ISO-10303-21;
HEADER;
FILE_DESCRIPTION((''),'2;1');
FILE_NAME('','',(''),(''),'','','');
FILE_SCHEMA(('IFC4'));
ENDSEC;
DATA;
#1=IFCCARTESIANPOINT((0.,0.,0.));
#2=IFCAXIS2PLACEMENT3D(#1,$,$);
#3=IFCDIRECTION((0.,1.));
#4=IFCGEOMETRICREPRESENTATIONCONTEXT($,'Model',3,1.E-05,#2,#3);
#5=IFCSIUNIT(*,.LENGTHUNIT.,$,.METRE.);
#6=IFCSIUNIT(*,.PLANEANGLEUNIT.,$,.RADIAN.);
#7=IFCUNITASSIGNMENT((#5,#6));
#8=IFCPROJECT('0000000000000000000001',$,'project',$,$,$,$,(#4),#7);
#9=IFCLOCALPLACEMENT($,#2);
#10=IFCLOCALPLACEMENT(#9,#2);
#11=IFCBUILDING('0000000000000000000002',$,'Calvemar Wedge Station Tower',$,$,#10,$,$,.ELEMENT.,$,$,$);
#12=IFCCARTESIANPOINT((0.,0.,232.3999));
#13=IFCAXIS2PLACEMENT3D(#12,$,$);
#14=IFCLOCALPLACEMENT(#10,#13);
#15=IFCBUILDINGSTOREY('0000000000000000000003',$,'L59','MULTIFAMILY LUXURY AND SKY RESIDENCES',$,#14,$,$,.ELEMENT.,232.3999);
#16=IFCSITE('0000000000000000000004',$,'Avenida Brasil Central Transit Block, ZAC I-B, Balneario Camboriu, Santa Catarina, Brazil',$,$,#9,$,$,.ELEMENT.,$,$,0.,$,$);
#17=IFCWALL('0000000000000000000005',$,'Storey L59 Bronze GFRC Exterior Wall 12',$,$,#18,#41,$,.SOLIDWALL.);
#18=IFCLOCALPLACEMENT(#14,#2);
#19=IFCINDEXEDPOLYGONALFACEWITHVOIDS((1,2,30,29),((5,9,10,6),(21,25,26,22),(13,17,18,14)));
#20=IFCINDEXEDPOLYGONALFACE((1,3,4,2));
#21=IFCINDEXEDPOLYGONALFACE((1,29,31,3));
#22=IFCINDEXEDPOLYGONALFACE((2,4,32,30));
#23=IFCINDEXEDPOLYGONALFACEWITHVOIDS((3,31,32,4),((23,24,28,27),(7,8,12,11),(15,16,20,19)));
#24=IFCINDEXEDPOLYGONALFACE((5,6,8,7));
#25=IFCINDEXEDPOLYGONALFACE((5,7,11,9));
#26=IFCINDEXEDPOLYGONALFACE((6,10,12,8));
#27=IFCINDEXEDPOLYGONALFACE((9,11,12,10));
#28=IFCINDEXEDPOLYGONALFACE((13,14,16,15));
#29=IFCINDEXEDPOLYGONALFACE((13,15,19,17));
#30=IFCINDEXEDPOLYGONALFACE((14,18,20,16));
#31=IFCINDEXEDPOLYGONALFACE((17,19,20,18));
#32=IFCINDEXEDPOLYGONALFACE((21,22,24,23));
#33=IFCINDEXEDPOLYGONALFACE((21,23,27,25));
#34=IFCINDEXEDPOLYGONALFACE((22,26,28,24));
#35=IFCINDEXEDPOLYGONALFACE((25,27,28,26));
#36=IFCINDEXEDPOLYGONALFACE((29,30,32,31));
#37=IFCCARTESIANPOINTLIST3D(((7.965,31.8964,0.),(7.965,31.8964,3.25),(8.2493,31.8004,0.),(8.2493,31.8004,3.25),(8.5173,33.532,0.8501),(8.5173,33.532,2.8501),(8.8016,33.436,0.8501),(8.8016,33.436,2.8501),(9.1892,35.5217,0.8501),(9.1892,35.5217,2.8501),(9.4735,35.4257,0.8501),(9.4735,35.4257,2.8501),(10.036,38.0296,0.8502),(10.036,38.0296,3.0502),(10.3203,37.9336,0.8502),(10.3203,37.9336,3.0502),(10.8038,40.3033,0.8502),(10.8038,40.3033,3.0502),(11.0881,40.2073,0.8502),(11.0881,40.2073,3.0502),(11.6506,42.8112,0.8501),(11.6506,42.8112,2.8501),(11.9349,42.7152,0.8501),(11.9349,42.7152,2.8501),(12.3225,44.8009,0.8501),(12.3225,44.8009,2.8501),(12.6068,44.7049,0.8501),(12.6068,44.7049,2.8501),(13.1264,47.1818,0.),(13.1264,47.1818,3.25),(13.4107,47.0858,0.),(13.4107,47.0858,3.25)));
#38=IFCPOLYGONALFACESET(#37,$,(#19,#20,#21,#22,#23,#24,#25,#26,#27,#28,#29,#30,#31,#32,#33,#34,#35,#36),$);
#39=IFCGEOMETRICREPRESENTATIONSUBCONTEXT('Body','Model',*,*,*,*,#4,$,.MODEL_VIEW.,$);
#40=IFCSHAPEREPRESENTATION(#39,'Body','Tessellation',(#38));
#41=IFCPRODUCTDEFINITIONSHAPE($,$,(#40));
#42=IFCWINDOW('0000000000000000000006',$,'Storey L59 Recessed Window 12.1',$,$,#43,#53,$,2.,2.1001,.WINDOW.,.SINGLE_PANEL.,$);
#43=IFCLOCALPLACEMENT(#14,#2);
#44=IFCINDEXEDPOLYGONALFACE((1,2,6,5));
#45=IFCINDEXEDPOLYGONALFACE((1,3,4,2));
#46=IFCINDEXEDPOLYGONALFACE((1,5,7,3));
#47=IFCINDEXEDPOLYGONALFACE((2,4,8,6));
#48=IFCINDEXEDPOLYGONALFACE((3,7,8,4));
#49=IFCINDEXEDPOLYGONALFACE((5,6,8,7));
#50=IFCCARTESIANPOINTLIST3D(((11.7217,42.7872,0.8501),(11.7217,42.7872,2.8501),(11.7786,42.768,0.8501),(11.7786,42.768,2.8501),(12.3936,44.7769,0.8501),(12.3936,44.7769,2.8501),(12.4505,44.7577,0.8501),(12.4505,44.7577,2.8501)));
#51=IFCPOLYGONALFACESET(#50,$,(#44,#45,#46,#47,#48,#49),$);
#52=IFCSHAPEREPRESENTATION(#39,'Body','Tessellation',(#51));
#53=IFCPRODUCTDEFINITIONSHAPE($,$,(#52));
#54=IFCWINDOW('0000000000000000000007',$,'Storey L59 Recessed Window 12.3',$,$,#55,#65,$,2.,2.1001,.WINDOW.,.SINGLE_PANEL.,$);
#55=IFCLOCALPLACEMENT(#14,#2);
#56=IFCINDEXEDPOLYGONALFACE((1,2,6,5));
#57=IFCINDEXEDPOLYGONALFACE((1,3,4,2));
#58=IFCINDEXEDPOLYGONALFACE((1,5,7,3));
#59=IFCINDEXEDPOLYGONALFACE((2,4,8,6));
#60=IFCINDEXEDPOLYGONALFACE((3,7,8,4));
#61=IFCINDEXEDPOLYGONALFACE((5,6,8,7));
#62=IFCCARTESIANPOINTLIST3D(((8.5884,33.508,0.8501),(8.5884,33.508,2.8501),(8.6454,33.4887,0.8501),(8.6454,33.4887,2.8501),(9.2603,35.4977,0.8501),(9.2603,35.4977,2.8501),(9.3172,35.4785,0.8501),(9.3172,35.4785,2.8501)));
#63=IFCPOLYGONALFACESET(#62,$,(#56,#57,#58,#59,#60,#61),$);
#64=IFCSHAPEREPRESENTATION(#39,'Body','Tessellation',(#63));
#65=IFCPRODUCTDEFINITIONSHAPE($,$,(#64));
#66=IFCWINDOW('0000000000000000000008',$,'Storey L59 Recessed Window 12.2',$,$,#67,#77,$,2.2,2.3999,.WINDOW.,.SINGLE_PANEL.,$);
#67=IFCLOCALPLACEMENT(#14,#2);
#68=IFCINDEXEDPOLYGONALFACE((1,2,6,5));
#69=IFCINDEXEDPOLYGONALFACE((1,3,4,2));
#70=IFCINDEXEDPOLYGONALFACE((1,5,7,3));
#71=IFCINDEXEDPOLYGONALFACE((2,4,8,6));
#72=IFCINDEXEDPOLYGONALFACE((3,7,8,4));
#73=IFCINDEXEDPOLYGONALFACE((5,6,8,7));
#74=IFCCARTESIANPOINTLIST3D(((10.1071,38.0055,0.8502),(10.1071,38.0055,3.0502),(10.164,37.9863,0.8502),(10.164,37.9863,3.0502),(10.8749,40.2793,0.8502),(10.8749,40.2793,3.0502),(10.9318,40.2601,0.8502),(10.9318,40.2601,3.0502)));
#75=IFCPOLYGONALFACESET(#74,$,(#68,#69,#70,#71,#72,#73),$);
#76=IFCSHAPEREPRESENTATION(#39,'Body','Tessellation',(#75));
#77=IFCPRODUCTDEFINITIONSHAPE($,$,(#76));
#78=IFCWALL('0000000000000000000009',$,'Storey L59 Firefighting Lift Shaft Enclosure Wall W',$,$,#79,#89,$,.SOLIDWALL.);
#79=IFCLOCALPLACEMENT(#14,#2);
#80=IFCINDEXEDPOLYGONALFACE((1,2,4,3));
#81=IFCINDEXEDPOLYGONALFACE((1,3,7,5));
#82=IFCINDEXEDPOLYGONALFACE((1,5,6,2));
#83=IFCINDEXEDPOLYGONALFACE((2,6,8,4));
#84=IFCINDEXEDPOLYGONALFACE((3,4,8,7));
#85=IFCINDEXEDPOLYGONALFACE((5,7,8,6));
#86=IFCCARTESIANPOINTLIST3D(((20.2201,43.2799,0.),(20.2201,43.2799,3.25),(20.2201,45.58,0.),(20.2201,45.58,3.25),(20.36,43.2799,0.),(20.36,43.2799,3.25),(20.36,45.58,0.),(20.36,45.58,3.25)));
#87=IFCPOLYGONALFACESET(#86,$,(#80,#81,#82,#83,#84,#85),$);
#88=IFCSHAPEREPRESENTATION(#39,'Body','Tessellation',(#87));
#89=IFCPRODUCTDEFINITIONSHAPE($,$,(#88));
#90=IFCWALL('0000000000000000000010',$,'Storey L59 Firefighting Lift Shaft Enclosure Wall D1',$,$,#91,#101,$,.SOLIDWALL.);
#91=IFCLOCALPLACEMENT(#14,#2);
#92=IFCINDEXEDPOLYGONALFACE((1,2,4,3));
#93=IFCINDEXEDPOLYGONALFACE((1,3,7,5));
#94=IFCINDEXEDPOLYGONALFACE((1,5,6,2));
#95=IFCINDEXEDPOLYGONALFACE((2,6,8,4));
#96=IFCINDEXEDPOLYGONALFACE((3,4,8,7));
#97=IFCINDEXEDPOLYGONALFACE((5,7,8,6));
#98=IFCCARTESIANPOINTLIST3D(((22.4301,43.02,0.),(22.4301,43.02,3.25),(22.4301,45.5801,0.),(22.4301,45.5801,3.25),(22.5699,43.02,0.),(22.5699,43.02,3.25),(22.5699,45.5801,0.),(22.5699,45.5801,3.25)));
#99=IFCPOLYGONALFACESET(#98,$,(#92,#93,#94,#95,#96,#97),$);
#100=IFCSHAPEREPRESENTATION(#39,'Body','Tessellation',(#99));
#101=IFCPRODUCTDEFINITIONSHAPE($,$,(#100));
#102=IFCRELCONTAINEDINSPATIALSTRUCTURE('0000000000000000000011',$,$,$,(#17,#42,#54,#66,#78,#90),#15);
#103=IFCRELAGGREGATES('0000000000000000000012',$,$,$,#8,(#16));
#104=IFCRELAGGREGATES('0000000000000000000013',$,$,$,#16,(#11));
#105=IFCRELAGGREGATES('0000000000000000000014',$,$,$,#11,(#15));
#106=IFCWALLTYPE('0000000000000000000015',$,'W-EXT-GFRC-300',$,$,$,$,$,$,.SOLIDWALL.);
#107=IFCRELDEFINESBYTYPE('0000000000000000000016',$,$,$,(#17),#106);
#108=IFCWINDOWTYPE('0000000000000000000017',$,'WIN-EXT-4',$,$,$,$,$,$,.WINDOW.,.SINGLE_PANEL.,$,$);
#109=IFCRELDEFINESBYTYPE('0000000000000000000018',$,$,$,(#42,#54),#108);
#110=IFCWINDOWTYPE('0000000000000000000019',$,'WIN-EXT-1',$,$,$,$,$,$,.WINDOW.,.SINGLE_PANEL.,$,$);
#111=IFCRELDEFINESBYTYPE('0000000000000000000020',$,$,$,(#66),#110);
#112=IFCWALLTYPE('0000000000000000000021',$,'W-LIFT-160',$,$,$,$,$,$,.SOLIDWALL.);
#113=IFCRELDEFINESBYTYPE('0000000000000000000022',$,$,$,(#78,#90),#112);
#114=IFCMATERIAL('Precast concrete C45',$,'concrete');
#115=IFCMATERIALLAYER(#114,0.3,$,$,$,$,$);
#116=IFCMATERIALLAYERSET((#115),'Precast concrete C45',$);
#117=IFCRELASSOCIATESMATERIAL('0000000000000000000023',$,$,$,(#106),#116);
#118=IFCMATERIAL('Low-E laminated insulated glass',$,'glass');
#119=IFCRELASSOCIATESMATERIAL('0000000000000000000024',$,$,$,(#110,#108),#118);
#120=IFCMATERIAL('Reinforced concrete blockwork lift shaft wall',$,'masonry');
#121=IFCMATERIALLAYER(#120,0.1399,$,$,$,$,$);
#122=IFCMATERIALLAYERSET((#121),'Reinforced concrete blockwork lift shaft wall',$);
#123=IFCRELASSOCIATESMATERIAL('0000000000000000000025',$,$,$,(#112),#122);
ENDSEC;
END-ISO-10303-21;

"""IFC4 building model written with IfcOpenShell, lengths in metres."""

from ifc_helpers import new_model, si_unit, direction, frame, frame_2d, origin, place, context, subcontext, project, spatial, rectangle, extrude, source, transform, mapped, material, layer, layer_set, type_object, element, fill, save


model = new_model("IFC4")

# Units and contexts
model_context = context("Model", 3, precision=1e-05, world=origin(), true_north=direction((0.0, 1.0)))
body_context = subcontext(model_context, "Body", "Model", "MODEL_VIEW")
ifc_project = project(units=[si_unit("LENGTHUNIT", "METRE"), si_unit("PLANEANGLEUNIT", "RADIAN")], contexts=[model_context])

# Site, building, storey
site_placement = place(None, origin())
site = spatial("IfcSite", under=ifc_project, at=site_placement, Name="Avenida Brasil Central Transit Block, ZAC I-B, Balneario Camboriu, Santa Catarina, Brazil", CompositionType="ELEMENT", RefElevation=0.0)
building_placement = place(site_placement, origin())
building = spatial("IfcBuilding", under=site, at=building_placement, Name="Calvemar Wedge Station Tower", CompositionType="ELEMENT")
storey_placement = place(building_placement, frame((0.0, 0.0, 232.3999)))
storey = spatial("IfcBuildingStorey", under=building, at=storey_placement, Name="L59", Description="MULTIFAMILY LUXURY AND SKY RESIDENCES", CompositionType="ELEMENT", Elevation=232.3999)

# Shared definitions
ifc_material_1 = material(Name="Precast concrete C45", Category="concrete")
ifc_layer_1 = layer(ifc_material_1, 0.3)
ifc_layer_set_1 = layer_set([ifc_layer_1], Name="Precast concrete C45")
wall_type_1 = type_object("IfcWallType", Name="W-EXT-GFRC-300", PredefinedType="SOLIDWALL", material=ifc_layer_set_1)

# Shared definitions
shared_shape_1 = source(origin(), body_context, "Body", "SweptSolid", [
    extrude(rectangle(XDim=2.3999, YDim=2.2, at=frame_2d((1.2, 1.1001))), frame((0.0, 0.1602, 0.0), z_axis=(0.0, -1.0, 0.0), x_axis=(1.0, 0.0, 0.0)), (0.0, 0.0, 1.0), 0.3201),
])
ifc_material_2 = material(Name="Low-E laminated insulated glass", Category="glass")
window_type_1 = type_object("IfcWindowType", Name="WIN-EXT-1", PartitioningType="SINGLE_PANEL", PredefinedType="WINDOW", material=ifc_material_2)
shared_shape_2 = source(origin(), body_context, "Body", "SweptSolid", [
    extrude(rectangle(XDim=2.3999, YDim=2.2, at=frame_2d((1.2, 1.1001))), frame((0.0, -0.0149, 0.0), z_axis=(0.0, -1.0, 0.0), x_axis=(1.0, 0.0, 0.0)), (0.0, 0.0, 1.0), 0.0601),
])

# Wall, openings, windows
wall_1_placement = place(storey_placement, frame((13.2686, 47.1338, 0.0), z_axis=(0.0, 0.0, 1.0), x_axis=(-0.319921, -0.947444, 0.0)))
wall_1 = element("IfcWall", 1, at=wall_1_placement, inside=storey, type_object=wall_type_1, Name="Storey L59 Bronze GFRC Exterior Wall 12", PredefinedType="SOLIDWALL", context=body_context, shape_type="SweptSolid", body=[
    extrude(rectangle(XDim=16.1333, YDim=0.3, at=frame_2d((8.0667, 0.0))), origin(), (0.0, 0.0, 1.0), 3.25),
])
shared_shape_3 = source(origin(), body_context, "Body", "SweptSolid", [
    extrude(rectangle(XDim=2.1001, YDim=2.0, at=frame_2d((1.05, 1.0))), frame((0.0, 0.1602, 0.0), z_axis=(0.0, -1.0, 0.0), x_axis=(1.0, 0.0, 0.0)), (0.0, 0.0, 1.0), 0.3201),
])
opening_1_placement = place(wall_1_placement, frame((2.5129, 0.0, 0.8501)))
opening_1 = element("IfcOpeningElement", 2, at=opening_1_placement, cuts=wall_1, PredefinedType="OPENING", context=body_context, shape_type="MappedRepresentation", body=[
    mapped(shared_shape_3, transform((0.0, 0.0, 0.0), scale=1.0)),
])
opening_2_placement = place(wall_1_placement, frame((7.26, 0.0, 0.8501)))
opening_2 = element("IfcOpeningElement", 3, at=opening_2_placement, cuts=wall_1, PredefinedType="OPENING", context=body_context, shape_type="MappedRepresentation", body=[
    mapped(shared_shape_1, transform((0.0, 0.0, 0.0), scale=1.0)),
])
opening_3_placement = place(wall_1_placement, frame((12.3069, 0.0, 0.8501)))
opening_3 = element("IfcOpeningElement", 4, at=opening_3_placement, cuts=wall_1, PredefinedType="OPENING", context=body_context, shape_type="MappedRepresentation", body=[
    mapped(shared_shape_3, transform((0.0, 0.0, 0.0), scale=1.0)),
])
window_type_2 = type_object("IfcWindowType", Name="WIN-EXT-4", PartitioningType="SINGLE_PANEL", PredefinedType="WINDOW", material=ifc_material_2)
shared_shape_4 = source(origin(), body_context, "Body", "SweptSolid", [
    extrude(rectangle(XDim=2.1001, YDim=2.0, at=frame_2d((1.05, 1.0))), frame((0.0, -0.0149, 0.0), z_axis=(0.0, -1.0, 0.0), x_axis=(1.0, 0.0, 0.0)), (0.0, 0.0, 1.0), 0.0601),
])
window_1_placement = place(opening_1_placement, origin())
window_1 = element("IfcWindow", 5, at=window_1_placement, inside=storey, type_object=window_type_2, Name="Storey L59 Recessed Window 12.1", OverallHeight=2.0, OverallWidth=2.1001, PartitioningType="SINGLE_PANEL", PredefinedType="WINDOW", context=body_context, shape_type="MappedRepresentation", body=[
    mapped(shared_shape_4, transform((0.0, 0.0, 0.0), scale=1.0)),
])
fill(opening_1, window_1)
window_2_placement = place(opening_3_placement, origin())
window_2 = element("IfcWindow", 6, at=window_2_placement, inside=storey, type_object=window_type_2, Name="Storey L59 Recessed Window 12.3", OverallHeight=2.0, OverallWidth=2.1001, PartitioningType="SINGLE_PANEL", PredefinedType="WINDOW", context=body_context, shape_type="MappedRepresentation", body=[
    mapped(shared_shape_4, transform((0.0, 0.0, 0.0), scale=1.0)),
])
fill(opening_3, window_2)
window_3_placement = place(opening_2_placement, origin())
window_3 = element("IfcWindow", 7, at=window_3_placement, inside=storey, type_object=window_type_1, Name="Storey L59 Recessed Window 12.2", OverallHeight=2.2, OverallWidth=2.3999, PartitioningType="SINGLE_PANEL", PredefinedType="WINDOW", context=body_context, shape_type="MappedRepresentation", body=[
    mapped(shared_shape_2, transform((0.0, 0.0, 0.0), scale=1.0)),
])
fill(opening_2, window_3)

# Shared definitions
ifc_material_3 = material(Name="Reinforced concrete blockwork lift shaft wall", Category="masonry")
ifc_layer_2 = layer(ifc_material_3, 0.1399)
ifc_layer_set_2 = layer_set([ifc_layer_2], Name="Reinforced concrete blockwork lift shaft wall")
wall_type_2 = type_object("IfcWallType", Name="W-LIFT-160", PredefinedType="SOLIDWALL", material=ifc_layer_set_2)

# Walls
wall_2_placement = place(storey_placement, frame((20.29, 43.28, 0.0), z_axis=(0.0, 0.0, 1.0), x_axis=(0.0, 1.0, 0.0)))
element("IfcWall", 8, at=wall_2_placement, inside=storey, type_object=wall_type_2, Name="Storey L59 Firefighting Lift Shaft Enclosure Wall W", PredefinedType="SOLIDWALL", context=body_context, shape_type="SweptSolid", body=[
    extrude(rectangle(XDim=2.3, YDim=0.1399, at=frame_2d((1.1499, 0.0))), origin(), (0.0, 0.0, 1.0), 3.25),
])
wall_3_placement = place(storey_placement, frame((22.5, 43.02, 0.0), z_axis=(0.0, 0.0, 1.0), x_axis=(0.0, 1.0, 0.0)))
element("IfcWall", 9, at=wall_3_placement, inside=storey, type_object=wall_type_2, Name="Storey L59 Firefighting Lift Shaft Enclosure Wall D1", PredefinedType="SOLIDWALL", context=body_context, shape_type="SweptSolid", body=[
    extrude(rectangle(XDim=2.5601, YDim=0.1399, at=frame_2d((1.28, 0.0))), origin(), (0.0, 0.0, 1.0), 3.25),
])

save(model, "model.ifc")
